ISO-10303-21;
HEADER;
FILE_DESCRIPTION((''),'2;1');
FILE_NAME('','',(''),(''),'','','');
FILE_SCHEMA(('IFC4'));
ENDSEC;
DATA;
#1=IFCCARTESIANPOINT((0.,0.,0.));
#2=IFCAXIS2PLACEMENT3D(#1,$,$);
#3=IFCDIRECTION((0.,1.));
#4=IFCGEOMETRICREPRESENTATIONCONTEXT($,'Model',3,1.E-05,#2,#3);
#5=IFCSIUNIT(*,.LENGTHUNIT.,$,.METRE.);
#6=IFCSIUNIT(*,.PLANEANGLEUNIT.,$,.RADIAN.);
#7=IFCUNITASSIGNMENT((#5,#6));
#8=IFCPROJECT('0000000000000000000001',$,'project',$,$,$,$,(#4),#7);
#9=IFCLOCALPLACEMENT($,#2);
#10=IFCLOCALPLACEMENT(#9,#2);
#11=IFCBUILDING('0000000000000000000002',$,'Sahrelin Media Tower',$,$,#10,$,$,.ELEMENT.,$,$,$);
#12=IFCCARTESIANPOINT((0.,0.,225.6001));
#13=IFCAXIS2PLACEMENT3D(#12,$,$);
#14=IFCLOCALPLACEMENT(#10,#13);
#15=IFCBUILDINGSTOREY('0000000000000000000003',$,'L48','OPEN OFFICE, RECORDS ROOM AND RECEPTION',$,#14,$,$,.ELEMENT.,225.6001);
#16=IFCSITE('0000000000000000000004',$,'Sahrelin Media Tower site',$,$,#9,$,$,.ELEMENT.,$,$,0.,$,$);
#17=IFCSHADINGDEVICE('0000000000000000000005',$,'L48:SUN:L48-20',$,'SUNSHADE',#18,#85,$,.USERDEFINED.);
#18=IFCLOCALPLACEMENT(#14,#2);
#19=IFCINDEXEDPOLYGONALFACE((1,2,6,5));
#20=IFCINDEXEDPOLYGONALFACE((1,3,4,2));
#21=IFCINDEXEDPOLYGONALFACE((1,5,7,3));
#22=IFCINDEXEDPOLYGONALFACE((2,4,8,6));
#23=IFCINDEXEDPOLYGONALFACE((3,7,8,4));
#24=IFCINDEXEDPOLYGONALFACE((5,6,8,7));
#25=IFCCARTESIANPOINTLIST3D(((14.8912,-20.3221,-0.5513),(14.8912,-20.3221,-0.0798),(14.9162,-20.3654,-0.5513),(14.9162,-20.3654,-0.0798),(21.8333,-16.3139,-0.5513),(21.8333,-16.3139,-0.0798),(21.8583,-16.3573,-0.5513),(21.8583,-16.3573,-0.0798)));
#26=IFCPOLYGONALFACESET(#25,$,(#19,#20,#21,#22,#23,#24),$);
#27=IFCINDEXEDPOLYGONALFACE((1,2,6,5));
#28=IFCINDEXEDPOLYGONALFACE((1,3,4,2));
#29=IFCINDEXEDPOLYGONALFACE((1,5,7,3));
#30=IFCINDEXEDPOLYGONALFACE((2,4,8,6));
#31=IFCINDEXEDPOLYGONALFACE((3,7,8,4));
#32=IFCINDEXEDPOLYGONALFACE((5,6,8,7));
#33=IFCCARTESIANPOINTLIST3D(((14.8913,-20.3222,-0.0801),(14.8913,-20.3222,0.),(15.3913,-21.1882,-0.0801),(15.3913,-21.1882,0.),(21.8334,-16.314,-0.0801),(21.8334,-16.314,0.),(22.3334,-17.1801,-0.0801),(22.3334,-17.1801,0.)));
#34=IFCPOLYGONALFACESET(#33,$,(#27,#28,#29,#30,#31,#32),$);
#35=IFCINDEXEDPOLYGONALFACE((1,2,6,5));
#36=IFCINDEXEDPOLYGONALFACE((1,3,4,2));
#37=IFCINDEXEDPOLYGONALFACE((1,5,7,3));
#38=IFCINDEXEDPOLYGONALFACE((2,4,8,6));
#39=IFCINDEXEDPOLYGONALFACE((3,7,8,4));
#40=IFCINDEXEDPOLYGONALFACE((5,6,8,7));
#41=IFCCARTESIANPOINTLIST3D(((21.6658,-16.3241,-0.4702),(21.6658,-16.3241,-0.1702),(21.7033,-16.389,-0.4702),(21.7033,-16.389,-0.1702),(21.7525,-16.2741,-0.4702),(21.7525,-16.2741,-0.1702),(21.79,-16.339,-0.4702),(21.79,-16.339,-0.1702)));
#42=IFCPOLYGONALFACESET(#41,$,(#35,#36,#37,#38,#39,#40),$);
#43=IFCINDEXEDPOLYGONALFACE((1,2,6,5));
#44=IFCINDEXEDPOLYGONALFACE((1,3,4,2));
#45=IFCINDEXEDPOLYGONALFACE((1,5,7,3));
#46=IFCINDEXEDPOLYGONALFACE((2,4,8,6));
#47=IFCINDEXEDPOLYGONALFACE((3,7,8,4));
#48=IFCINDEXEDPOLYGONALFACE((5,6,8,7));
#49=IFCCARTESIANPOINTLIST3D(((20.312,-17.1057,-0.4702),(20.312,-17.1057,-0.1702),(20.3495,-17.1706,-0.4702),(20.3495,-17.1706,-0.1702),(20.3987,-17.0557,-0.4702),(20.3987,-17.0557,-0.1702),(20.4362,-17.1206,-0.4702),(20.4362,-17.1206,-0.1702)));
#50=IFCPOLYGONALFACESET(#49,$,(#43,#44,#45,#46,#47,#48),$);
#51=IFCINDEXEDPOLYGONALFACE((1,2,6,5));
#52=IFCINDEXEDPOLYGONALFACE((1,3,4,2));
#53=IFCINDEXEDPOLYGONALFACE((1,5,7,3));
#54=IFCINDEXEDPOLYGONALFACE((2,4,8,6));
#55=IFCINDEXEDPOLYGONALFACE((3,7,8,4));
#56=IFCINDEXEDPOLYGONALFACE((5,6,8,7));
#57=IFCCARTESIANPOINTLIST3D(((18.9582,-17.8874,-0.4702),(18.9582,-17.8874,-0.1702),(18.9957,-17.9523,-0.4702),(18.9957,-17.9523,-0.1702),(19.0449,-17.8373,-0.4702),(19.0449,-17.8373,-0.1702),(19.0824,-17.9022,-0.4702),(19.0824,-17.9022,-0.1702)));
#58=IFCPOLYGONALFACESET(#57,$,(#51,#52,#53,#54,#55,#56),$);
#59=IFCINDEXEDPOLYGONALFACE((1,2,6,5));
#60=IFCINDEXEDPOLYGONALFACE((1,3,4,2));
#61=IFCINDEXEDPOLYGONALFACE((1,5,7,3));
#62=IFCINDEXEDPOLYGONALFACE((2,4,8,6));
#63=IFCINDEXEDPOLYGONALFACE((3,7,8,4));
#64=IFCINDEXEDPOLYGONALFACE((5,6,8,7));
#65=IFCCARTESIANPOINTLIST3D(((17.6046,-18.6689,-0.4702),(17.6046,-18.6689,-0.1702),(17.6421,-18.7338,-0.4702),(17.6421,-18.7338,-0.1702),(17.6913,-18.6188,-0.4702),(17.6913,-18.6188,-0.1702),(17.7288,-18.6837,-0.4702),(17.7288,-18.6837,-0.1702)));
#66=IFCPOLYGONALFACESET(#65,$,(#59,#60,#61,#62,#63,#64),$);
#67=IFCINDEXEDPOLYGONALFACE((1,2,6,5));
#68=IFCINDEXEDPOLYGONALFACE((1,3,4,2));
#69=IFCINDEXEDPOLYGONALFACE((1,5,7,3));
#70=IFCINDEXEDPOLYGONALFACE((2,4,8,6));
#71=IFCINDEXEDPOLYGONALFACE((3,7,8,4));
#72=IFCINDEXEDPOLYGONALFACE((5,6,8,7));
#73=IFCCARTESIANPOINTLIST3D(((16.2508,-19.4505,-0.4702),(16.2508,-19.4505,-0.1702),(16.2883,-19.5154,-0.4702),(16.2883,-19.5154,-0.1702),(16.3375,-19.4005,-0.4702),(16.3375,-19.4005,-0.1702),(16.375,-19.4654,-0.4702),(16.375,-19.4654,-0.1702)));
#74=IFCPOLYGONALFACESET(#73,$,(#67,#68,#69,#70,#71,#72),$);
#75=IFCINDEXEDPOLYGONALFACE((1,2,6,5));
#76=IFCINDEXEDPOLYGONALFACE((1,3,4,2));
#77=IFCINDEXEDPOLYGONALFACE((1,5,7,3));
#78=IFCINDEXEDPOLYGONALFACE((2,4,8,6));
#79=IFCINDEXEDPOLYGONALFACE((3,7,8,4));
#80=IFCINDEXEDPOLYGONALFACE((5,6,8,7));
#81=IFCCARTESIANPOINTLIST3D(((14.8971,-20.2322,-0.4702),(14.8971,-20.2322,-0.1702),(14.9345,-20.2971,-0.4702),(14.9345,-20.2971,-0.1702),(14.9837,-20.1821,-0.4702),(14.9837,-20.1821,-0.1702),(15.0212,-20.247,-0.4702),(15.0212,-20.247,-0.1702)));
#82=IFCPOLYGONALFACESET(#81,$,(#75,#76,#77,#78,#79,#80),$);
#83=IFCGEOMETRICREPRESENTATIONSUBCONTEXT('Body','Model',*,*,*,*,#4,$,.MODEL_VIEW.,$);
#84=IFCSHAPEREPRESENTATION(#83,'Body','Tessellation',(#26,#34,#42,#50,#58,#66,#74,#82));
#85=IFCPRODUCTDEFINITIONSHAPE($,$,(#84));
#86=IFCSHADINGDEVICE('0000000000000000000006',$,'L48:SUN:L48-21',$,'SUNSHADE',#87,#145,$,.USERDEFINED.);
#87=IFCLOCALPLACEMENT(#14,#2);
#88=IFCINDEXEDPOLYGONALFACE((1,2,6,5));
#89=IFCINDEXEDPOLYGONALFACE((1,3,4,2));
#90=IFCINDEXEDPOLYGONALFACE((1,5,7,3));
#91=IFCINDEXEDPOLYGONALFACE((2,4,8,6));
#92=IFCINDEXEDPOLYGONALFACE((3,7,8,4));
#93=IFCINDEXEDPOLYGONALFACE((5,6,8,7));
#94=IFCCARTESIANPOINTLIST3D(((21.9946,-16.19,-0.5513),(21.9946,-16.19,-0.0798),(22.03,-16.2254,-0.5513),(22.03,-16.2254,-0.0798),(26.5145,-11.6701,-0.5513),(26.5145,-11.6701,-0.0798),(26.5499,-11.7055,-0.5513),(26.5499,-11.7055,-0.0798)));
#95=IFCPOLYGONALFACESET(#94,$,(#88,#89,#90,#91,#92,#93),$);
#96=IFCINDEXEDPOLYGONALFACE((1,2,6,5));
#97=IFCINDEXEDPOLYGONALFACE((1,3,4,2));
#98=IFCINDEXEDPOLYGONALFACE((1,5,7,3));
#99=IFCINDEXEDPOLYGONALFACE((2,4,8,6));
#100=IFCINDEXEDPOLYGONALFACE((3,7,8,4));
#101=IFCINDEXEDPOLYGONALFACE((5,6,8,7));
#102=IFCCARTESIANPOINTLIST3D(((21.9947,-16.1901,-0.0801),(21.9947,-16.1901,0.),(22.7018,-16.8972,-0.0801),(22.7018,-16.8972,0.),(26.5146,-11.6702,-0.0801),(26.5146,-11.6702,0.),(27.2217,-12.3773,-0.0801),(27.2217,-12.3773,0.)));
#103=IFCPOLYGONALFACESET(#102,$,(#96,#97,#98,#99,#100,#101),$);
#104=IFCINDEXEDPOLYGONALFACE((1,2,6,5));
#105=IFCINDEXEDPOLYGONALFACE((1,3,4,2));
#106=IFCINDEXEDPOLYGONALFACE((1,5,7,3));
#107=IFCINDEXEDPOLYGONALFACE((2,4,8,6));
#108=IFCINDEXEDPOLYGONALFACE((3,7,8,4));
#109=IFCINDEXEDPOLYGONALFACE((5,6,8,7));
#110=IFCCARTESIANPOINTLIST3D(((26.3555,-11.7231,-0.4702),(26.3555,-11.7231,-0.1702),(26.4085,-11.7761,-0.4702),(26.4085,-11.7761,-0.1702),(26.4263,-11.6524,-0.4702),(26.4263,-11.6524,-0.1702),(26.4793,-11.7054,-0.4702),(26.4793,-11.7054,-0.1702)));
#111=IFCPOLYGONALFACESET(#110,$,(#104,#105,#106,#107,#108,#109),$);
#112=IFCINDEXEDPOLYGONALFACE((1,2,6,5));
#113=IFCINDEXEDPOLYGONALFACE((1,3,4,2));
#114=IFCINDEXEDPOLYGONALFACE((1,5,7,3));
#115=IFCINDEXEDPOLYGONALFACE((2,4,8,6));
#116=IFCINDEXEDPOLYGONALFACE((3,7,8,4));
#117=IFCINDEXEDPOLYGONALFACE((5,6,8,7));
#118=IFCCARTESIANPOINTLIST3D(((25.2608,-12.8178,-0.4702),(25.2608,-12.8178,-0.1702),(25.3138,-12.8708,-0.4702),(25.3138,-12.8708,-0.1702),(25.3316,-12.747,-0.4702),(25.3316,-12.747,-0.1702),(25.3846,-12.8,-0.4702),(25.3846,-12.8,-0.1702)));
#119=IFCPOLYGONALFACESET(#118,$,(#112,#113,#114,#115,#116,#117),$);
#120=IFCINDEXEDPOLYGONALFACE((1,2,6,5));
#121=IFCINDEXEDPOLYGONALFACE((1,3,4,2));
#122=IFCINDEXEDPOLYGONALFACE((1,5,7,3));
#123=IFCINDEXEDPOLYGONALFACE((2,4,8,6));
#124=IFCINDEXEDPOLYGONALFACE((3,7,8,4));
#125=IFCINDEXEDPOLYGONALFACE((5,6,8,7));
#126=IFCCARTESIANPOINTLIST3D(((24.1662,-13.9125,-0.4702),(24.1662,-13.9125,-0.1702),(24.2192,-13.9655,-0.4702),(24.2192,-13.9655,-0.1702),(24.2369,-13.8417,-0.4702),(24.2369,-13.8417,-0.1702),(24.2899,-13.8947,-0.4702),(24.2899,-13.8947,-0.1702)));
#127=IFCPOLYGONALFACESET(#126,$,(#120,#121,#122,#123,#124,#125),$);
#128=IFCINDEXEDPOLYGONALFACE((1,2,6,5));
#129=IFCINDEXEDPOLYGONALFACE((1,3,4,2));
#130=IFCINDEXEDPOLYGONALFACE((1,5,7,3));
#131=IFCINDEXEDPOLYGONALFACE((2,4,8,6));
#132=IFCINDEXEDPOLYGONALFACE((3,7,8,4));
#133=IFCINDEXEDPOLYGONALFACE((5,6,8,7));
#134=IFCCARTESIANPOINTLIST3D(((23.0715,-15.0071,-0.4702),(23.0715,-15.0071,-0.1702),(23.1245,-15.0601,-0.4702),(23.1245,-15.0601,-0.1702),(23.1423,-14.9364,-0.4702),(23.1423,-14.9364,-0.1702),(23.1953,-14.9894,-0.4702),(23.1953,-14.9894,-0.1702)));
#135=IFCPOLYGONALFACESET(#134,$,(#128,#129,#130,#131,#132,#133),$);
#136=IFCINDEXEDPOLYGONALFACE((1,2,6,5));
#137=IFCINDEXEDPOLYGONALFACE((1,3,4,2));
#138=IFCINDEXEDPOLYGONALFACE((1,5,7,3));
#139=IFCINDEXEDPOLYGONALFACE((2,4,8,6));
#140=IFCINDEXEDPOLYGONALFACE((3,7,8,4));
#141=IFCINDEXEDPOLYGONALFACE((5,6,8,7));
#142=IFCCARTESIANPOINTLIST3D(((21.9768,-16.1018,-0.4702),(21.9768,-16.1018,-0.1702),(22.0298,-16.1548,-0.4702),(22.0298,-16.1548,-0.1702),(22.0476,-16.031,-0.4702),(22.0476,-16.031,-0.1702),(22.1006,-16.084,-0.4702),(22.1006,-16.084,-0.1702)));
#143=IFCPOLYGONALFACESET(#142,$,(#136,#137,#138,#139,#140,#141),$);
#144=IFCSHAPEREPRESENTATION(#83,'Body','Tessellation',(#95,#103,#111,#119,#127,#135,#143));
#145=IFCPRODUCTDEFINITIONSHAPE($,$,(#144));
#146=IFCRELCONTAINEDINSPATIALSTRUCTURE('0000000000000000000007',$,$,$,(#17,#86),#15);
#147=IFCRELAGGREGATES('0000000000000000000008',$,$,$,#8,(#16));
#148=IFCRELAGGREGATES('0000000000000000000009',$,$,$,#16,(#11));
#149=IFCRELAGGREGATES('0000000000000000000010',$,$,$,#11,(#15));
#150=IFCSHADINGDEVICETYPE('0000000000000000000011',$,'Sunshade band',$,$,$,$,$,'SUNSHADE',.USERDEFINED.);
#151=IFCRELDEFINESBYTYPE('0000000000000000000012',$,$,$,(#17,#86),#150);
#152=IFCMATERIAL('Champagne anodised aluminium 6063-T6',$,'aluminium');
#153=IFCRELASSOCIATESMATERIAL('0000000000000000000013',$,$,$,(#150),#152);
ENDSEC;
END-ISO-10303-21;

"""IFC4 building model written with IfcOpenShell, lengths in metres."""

from ifc_helpers import new_model, si_unit, direction, frame, origin, origin_2d, place, context, subcontext, project, spatial, rectangle, extrude, material, type_object, element, save


model = new_model("IFC4")

# Units and contexts
model_context = context("Model", 3, precision=1e-05, world=origin(), true_north=direction((0.0, 1.0)))
body_context = subcontext(model_context, "Body", "Model", "MODEL_VIEW")
ifc_project = project(units=[si_unit("LENGTHUNIT", "METRE"), si_unit("PLANEANGLEUNIT", "RADIAN")], contexts=[model_context])

# Site, building, storey
site_placement = place(None, origin())
site = spatial("IfcSite", under=ifc_project, at=site_placement, Name="Sahrelin Media Tower site", CompositionType="ELEMENT", RefElevation=0.0)
building_placement = place(site_placement, origin())
building = spatial("IfcBuilding", under=site, at=building_placement, Name="Sahrelin Media Tower", CompositionType="ELEMENT")
storey_placement = place(building_placement, frame((0.0, 0.0, 225.6001)))
storey = spatial("IfcBuildingStorey", under=building, at=storey_placement, Name="L48", Description="OPEN OFFICE, RECORDS ROOM AND RECEPTION", CompositionType="ELEMENT", Elevation=225.6001)

# Shared definitions
ifc_material_1 = material(Name="Champagne anodised aluminium 6063-T6", Category="aluminium")

# Shading devices
placement_1 = place(storey_placement, frame((18.3523, -18.3008, 0.0), z_axis=(0.0, 0.0, 1.0), x_axis=(-0.866019, -0.500011, 0.0)))
placement_2 = place(storey_placement, frame((24.2405, -13.916, 0.0), z_axis=(0.0, 0.0, 1.0), x_axis=(-0.707107, -0.707107, 0.0)))
shading_device_type_1 = type_object("IfcShadingDeviceType", Name="Sunshade band", ElementType="SUNSHADE", PredefinedType="USERDEFINED", material=ifc_material_1)
element("IfcShadingDevice", 1, at=placement_1, inside=storey, type_object=shading_device_type_1, Name="L48:SUN:L48-20", ObjectType="SUNSHADE", PredefinedType="USERDEFINED", context=body_context, shape_type="SweptSolid", body=[
    extrude(rectangle(XDim=8.0161, YDim=0.05, at=origin_2d()), frame((0.0, 0.0449, -0.5513)), (0.0, 0.0, 1.0), 0.4714),
    extrude(rectangle(XDim=8.0161, YDim=1.0, at=origin_2d()), frame((0.0, 0.52, -0.0801)), (0.0, 0.0, 1.0), 0.0801),
    extrude(rectangle(XDim=0.1001, YDim=0.075, at=origin_2d()), frame((-3.908, -0.0176, -0.4702)), (0.0, 0.0, 1.0), 0.3),
    extrude(rectangle(XDim=0.1001, YDim=0.075, at=origin_2d()), frame((-2.3447, -0.0176, -0.4702)), (0.0, 0.0, 1.0), 0.3),
    extrude(rectangle(XDim=0.1001, YDim=0.075, at=origin_2d()), frame((-0.7815, -0.0176, -0.4702)), (0.0, 0.0, 1.0), 0.3),
    extrude(rectangle(XDim=0.1001, YDim=0.075, at=origin_2d()), frame((0.7815, -0.0176, -0.4702)), (0.0, 0.0, 1.0), 0.3),
    extrude(rectangle(XDim=0.1001, YDim=0.075, at=origin_2d()), frame((2.3447, -0.0176, -0.4702)), (0.0, 0.0, 1.0), 0.3),
    extrude(rectangle(XDim=0.1001, YDim=0.075, at=origin_2d()), frame((3.908, -0.0176, -0.4702)), (0.0, 0.0, 1.0), 0.3),
])
element("IfcShadingDevice", 2, at=placement_2, inside=storey, type_object=shading_device_type_1, Name="L48:SUN:L48-21", ObjectType="SUNSHADE", PredefinedType="USERDEFINED", context=body_context, shape_type="SweptSolid", body=[
    extrude(rectangle(XDim=6.3921, YDim=0.05, at=origin_2d()), frame((0.0, 0.0449, -0.5513)), (0.0, 0.0, 1.0), 0.4714),
    extrude(rectangle(XDim=6.3921, YDim=1.0, at=origin_2d()), frame((0.0, 0.52, -0.0801)), (0.0, 0.0, 1.0), 0.0801),
    extrude(rectangle(XDim=0.1001, YDim=0.075, at=origin_2d()), frame((-3.0962, -0.0176, -0.4702)), (0.0, 0.0, 1.0), 0.3),
    extrude(rectangle(XDim=0.1001, YDim=0.075, at=origin_2d()), frame((-1.5481, -0.0176, -0.4702)), (0.0, 0.0, 1.0), 0.3),
    extrude(rectangle(XDim=0.1001, YDim=0.075, at=origin_2d()), frame((0.0, -0.0176, -0.4702)), (0.0, 0.0, 1.0), 0.3),
    extrude(rectangle(XDim=0.1001, YDim=0.075, at=origin_2d()), frame((1.5481, -0.0176, -0.4702)), (0.0, 0.0, 1.0), 0.3),
    extrude(rectangle(XDim=0.1001, YDim=0.075, at=origin_2d()), frame((3.0962, -0.0176, -0.4702)), (0.0, 0.0, 1.0), 0.3),
])

save(model, "model.ifc")
